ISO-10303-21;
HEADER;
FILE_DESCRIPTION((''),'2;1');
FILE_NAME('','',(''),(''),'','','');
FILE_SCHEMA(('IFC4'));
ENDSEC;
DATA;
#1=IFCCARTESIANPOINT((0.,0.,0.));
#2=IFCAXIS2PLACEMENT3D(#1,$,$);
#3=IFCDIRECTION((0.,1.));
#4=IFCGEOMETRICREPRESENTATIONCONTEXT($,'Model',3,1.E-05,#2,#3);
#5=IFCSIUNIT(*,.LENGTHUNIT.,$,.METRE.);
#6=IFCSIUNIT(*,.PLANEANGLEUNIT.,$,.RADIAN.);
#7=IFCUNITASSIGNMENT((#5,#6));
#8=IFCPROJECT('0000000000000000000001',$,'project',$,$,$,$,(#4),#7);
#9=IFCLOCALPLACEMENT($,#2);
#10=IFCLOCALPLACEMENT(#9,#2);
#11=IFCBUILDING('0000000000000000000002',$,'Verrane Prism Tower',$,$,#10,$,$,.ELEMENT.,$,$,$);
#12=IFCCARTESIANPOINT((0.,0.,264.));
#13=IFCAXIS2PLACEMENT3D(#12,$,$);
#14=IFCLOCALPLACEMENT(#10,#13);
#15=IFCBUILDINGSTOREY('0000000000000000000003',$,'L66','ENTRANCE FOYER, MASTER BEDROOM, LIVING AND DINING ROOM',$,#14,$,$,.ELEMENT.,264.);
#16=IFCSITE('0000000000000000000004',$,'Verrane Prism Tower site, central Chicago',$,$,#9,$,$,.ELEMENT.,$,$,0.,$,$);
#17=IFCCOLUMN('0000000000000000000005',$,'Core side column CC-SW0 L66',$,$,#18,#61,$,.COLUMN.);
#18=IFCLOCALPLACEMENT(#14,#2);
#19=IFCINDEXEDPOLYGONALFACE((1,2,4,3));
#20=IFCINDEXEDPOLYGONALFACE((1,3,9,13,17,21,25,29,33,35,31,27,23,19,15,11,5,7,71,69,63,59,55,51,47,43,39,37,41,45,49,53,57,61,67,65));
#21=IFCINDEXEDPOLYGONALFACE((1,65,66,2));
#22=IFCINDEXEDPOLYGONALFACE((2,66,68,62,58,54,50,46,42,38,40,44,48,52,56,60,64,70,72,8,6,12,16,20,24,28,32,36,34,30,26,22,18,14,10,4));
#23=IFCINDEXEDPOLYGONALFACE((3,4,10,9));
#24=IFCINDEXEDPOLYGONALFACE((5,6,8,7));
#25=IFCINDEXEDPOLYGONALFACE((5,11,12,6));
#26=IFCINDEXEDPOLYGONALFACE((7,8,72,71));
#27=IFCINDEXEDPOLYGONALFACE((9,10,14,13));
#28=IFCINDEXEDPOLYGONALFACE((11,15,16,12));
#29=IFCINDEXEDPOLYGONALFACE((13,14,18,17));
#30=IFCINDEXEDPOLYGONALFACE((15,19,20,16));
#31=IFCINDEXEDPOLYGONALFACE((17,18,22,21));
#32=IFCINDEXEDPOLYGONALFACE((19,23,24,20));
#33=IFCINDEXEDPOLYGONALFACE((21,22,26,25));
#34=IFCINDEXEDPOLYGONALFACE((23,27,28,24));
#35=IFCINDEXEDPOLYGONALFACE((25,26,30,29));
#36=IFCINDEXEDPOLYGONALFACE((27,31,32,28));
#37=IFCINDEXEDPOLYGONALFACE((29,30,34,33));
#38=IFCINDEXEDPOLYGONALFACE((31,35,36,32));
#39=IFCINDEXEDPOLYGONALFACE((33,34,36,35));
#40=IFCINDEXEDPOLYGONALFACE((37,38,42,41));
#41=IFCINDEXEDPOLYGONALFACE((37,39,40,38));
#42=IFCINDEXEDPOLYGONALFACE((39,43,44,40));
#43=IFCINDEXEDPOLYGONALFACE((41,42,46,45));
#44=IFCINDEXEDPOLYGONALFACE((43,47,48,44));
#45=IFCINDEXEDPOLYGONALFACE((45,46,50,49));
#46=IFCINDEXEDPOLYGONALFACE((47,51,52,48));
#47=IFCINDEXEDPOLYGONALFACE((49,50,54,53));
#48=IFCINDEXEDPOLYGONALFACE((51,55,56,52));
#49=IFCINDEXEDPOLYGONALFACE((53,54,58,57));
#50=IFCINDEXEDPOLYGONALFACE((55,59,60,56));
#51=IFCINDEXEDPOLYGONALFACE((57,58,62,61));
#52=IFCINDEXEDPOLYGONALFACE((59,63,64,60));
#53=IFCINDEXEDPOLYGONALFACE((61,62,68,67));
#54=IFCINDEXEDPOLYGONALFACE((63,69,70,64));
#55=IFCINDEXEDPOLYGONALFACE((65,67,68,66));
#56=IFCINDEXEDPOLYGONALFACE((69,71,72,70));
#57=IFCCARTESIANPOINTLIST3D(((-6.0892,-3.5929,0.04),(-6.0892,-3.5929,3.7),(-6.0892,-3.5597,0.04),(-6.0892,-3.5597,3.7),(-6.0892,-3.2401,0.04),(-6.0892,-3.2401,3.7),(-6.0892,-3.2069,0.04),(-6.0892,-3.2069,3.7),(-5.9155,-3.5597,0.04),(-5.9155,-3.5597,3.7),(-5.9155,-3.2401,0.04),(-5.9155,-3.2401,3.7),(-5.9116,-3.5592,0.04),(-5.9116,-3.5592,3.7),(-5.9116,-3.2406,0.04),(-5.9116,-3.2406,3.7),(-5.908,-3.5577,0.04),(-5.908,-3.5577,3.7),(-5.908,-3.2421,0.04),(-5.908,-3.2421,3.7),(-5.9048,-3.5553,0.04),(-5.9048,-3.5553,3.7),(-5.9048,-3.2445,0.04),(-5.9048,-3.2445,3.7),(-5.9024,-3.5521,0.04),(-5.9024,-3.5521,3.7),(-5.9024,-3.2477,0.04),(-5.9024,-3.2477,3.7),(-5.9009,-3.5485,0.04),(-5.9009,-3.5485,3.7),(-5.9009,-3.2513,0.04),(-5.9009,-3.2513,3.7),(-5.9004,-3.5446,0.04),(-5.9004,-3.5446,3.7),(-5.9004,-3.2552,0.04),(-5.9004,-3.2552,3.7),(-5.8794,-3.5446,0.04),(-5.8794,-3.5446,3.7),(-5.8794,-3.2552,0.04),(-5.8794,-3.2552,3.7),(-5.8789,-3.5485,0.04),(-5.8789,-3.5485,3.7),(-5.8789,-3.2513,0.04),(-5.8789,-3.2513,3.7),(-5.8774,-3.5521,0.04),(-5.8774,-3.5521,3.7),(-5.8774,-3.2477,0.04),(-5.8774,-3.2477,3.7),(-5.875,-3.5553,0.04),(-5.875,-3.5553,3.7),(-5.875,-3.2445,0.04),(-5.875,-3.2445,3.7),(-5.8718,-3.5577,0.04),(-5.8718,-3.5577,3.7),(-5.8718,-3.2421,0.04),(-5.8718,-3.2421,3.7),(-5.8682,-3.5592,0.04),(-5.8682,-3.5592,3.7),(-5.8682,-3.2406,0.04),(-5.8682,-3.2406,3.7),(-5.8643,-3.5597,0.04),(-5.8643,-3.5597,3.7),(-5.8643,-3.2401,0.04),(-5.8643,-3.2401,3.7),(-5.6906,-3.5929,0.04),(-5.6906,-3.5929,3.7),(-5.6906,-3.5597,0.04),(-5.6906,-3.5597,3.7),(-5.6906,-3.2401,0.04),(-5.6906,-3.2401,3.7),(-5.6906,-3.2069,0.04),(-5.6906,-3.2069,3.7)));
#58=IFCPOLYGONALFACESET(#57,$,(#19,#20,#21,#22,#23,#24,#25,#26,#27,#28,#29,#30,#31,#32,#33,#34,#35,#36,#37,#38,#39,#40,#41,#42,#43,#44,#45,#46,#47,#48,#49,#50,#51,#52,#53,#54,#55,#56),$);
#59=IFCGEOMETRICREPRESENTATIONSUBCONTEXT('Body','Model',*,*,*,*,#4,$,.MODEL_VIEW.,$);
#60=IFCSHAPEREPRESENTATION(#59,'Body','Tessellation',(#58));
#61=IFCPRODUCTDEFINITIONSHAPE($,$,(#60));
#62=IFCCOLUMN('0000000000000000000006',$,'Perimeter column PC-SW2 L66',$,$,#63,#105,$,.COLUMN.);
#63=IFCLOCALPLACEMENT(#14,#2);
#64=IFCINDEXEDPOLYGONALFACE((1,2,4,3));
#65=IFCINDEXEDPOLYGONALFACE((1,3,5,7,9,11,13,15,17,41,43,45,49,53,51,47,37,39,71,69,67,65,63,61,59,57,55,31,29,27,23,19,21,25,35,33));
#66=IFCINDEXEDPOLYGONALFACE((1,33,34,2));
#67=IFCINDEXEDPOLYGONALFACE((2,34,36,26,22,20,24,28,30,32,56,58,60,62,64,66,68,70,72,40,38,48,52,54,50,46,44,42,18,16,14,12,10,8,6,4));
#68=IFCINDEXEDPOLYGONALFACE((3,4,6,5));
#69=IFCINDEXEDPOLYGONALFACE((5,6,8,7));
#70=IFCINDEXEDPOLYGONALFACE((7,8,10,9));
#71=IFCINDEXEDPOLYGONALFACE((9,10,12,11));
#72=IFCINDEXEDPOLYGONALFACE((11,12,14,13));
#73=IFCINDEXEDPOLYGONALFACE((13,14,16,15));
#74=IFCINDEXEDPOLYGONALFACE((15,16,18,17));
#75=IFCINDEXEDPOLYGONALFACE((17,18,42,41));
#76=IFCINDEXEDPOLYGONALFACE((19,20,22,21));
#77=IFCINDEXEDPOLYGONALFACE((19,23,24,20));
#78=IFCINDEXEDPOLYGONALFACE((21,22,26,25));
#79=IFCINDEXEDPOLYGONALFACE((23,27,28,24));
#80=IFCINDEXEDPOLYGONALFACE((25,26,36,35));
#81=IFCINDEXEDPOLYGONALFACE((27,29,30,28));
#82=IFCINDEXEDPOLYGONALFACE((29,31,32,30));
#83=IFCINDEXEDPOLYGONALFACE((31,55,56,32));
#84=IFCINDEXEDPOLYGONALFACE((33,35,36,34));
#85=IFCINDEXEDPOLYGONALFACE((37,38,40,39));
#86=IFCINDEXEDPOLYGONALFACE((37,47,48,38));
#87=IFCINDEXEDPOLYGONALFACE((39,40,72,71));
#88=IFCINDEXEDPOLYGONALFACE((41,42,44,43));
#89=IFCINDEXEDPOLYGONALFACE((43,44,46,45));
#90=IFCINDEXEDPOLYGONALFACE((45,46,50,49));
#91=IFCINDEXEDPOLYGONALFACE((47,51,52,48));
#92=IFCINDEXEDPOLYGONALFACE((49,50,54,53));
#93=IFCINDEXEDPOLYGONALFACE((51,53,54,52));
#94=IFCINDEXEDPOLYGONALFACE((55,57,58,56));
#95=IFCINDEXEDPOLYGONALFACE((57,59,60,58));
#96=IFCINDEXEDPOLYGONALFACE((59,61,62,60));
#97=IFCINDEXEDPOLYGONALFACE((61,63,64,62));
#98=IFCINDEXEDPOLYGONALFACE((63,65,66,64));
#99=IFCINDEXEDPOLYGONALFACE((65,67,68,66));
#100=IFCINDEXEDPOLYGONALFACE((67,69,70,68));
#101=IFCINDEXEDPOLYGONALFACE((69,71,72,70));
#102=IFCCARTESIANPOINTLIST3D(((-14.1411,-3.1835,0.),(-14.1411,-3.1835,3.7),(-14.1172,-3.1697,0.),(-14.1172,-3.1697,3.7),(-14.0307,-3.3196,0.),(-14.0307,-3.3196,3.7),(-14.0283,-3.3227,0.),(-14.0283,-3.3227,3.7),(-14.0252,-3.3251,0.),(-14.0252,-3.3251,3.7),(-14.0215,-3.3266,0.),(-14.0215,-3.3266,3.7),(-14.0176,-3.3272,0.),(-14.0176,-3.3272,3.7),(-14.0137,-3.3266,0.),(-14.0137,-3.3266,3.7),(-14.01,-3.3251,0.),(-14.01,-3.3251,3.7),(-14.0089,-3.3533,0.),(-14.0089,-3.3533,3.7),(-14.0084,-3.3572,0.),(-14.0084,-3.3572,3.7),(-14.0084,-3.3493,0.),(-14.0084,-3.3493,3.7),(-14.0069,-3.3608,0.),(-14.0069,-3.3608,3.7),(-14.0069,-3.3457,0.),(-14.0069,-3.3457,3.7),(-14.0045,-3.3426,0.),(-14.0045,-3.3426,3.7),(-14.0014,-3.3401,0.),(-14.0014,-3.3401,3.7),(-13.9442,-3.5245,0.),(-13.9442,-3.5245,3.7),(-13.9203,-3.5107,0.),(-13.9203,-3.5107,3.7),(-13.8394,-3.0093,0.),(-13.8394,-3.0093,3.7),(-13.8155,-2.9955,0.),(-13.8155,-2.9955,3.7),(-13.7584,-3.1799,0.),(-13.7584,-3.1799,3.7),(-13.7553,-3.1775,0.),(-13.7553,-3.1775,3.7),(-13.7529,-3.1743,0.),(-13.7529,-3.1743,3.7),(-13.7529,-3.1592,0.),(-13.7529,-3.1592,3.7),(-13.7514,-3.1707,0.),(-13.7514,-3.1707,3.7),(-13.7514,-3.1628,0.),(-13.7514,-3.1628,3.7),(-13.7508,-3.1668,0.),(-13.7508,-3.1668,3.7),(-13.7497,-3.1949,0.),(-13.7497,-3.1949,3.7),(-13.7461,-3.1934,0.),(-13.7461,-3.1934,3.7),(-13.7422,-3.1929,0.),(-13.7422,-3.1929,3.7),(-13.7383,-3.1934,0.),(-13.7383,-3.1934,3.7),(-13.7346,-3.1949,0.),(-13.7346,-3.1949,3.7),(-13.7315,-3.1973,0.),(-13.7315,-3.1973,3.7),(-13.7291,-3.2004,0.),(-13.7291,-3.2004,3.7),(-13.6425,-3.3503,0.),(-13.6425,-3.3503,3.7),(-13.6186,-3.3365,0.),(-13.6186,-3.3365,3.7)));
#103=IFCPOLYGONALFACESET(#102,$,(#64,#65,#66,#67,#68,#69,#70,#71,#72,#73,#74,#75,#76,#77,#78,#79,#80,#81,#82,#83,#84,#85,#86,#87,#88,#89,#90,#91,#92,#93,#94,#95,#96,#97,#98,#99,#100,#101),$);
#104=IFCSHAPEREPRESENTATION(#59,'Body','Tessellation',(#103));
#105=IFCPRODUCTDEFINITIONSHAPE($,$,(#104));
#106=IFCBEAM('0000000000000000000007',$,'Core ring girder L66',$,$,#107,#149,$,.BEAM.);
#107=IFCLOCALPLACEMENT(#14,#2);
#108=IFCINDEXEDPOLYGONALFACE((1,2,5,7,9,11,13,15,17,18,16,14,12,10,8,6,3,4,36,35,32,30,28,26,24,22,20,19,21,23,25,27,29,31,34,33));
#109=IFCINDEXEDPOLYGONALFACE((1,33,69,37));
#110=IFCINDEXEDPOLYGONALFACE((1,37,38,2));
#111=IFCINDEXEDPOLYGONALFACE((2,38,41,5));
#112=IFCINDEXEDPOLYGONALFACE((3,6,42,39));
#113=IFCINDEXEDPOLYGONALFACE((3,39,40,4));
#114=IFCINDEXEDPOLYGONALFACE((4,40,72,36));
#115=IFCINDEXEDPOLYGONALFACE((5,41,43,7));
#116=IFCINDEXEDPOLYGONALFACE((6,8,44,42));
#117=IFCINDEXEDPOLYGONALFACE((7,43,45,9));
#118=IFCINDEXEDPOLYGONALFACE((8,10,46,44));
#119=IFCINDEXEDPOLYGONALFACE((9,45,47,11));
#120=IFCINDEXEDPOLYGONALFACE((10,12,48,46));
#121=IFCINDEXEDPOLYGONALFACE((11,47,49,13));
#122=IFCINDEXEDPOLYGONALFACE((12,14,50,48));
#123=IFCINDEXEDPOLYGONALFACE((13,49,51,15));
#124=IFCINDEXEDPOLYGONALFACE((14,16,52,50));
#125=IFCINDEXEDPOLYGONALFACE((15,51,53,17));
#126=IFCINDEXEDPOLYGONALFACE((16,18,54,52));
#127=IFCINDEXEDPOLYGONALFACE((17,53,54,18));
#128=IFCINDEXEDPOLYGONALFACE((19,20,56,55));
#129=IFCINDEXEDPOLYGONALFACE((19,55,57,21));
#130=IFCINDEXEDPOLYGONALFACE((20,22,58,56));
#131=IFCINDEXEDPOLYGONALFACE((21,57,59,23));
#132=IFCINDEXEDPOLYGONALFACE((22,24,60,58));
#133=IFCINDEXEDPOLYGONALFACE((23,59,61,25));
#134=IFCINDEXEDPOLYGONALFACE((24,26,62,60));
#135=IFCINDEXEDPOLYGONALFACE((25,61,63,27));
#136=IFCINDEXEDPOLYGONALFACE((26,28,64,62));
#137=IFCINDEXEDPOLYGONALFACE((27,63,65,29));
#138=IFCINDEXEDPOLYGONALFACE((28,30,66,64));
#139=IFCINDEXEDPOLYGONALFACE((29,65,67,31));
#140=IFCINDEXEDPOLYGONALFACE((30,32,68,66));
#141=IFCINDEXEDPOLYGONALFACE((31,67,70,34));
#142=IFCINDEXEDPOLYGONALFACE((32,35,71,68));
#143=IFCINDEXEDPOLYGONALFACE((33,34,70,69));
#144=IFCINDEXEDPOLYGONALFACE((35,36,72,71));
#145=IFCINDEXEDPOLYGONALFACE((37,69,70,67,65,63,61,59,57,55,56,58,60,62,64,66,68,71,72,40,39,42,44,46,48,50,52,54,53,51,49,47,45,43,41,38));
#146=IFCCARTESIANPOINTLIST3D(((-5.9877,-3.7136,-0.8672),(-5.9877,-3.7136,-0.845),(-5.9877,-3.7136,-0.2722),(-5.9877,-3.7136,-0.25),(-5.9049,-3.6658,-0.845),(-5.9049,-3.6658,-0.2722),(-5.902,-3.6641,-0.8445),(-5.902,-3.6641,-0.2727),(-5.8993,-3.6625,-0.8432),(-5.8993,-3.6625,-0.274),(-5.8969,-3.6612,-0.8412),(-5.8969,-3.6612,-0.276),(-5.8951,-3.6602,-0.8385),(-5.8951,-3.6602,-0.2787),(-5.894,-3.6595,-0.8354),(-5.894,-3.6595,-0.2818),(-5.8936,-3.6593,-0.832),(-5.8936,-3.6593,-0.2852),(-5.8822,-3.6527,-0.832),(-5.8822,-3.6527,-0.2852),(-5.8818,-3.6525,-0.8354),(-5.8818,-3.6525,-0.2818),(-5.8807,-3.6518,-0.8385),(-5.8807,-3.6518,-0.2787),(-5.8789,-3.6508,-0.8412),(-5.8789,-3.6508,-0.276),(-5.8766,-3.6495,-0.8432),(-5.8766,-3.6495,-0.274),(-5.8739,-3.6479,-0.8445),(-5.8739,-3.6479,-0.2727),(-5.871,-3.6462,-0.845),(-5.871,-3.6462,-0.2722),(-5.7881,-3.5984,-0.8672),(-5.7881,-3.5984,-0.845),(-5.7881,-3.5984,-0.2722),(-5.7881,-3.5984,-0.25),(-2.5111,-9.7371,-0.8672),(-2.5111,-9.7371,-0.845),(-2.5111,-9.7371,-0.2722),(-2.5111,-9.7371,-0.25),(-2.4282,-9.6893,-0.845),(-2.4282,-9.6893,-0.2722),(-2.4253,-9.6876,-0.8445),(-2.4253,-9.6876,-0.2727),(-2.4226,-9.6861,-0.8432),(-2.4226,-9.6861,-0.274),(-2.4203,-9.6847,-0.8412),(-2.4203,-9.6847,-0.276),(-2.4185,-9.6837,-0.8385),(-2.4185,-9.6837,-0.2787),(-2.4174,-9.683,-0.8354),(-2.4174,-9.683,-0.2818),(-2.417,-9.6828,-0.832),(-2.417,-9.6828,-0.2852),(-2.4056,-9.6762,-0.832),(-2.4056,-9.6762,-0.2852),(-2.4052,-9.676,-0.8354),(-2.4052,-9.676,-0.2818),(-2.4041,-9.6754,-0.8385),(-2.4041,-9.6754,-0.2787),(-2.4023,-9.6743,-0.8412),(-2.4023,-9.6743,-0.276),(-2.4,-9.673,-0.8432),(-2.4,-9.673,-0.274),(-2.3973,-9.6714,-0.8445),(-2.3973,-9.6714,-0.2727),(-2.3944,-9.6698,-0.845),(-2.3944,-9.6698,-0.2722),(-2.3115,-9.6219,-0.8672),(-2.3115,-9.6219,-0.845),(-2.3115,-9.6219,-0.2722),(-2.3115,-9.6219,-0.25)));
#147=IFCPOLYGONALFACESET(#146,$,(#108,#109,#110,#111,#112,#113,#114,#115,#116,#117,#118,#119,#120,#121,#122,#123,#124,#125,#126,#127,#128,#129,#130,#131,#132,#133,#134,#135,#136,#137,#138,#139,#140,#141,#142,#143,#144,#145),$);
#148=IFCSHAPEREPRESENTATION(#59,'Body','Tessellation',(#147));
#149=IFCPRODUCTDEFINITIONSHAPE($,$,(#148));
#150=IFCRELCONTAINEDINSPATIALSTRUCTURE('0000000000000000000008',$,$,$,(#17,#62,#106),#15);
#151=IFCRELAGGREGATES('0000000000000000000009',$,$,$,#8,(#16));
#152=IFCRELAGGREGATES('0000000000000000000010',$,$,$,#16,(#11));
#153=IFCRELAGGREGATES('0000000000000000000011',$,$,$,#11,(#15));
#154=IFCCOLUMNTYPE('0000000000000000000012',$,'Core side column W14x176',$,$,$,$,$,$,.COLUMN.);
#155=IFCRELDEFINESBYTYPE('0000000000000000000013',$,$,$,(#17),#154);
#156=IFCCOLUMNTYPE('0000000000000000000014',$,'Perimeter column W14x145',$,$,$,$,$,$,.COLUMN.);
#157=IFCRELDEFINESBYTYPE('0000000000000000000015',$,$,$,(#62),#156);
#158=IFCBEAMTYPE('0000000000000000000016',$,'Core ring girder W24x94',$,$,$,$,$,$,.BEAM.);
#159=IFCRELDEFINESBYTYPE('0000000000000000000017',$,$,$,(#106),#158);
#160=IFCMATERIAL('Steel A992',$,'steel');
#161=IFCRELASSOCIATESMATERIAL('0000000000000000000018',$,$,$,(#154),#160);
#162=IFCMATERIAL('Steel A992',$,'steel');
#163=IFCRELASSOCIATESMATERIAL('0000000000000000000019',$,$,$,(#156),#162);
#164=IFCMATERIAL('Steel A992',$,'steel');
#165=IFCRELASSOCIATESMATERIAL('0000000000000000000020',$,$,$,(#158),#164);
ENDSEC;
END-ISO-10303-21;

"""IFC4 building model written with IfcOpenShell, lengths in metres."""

from ifc_helpers import new_model, si_unit, direction, frame, origin, origin_2d, place, context, subcontext, project, spatial, i_section, extrude, material, material_profile, profile_set, type_object, element, save


model = new_model("IFC4")

# Units and contexts
model_context = context("Model", 3, precision=1e-05, world=origin(), true_north=direction((0.0, 1.0)))
body_context = subcontext(model_context, "Body", "Model", "MODEL_VIEW")
ifc_project = project(units=[si_unit("LENGTHUNIT", "METRE"), si_unit("PLANEANGLEUNIT", "RADIAN")], contexts=[model_context])

# Site, building, storey
site_placement = place(None, origin())
site = spatial("IfcSite", under=ifc_project, at=site_placement, Name="Verrane Prism Tower site, central Chicago", CompositionType="ELEMENT", RefElevation=0.0)
building_placement = place(site_placement, origin())
building = spatial("IfcBuilding", under=site, at=building_placement, Name="Verrane Prism Tower", CompositionType="ELEMENT")
storey_placement = place(building_placement, frame((0.0, 0.0, 264.0)))
storey = spatial("IfcBuildingStorey", under=building, at=storey_placement, Name="L66", Description="ENTRANCE FOYER, MASTER BEDROOM, LIVING AND DINING ROOM", CompositionType="ELEMENT", Elevation=264.0)

# Columns
ifc_material_1 = material(Name="Steel A992", Category="steel")
ifc_material_profile_1 = material_profile(ifc_material_1, i_section(OverallWidth=0.3987, OverallDepth=0.386, WebThickness=0.021, FlangeThickness=0.0332, FilletRadius=0.0151, at=origin_2d()), Name="W14x176")
ifc_profile_set_1 = profile_set([ifc_material_profile_1], Name="Steel A992")
column_type_1 = type_object("IfcColumnType", Name="Core side column W14x176", PredefinedType="COLUMN", material=ifc_profile_set_1)
column_1_placement = place(storey_placement, frame((-5.8899, -3.3999, 0.04), z_axis=(0.0, 0.0, 1.0), x_axis=(1.0, 0.0, 0.0)))
element("IfcColumn", 1, at=column_1_placement, inside=storey, type_object=column_type_1, Name="Core side column CC-SW0 L66", PredefinedType="COLUMN", context=body_context, shape_type="SweptSolid", body=[
    extrude(i_section(OverallWidth=0.3987, OverallDepth=0.386, WebThickness=0.021, FlangeThickness=0.0332, FilletRadius=0.0151, at=origin_2d()), origin(), (0.0, 0.0, 1.0), 3.6599),
])
ifc_material_2 = material(Name="Steel A992", Category="steel")
ifc_material_profile_2 = material_profile(ifc_material_2, i_section(OverallWidth=0.3938, OverallDepth=0.376, WebThickness=0.0173, FlangeThickness=0.0276, FilletRadius=0.0151, at=origin_2d()), Name="W14x145")
ifc_profile_set_2 = profile_set([ifc_material_profile_2], Name="Steel A992")
column_type_2 = type_object("IfcColumnType", Name="Perimeter column W14x145", PredefinedType="COLUMN", material=ifc_profile_set_2)
column_2_placement = place(storey_placement, frame((-13.8799, -3.26, 0.0), z_axis=(0.0, 0.0, 1.0), x_axis=(-0.5, 0.866025, 0.0)))
element("IfcColumn", 2, at=column_2_placement, inside=storey, type_object=column_type_2, Name="Perimeter column PC-SW2 L66", PredefinedType="COLUMN", context=body_context, shape_type="SweptSolid", body=[
    extrude(i_section(OverallWidth=0.3938, OverallDepth=0.376, WebThickness=0.0173, FlangeThickness=0.0276, FilletRadius=0.0151, at=origin_2d()), origin(), (0.0, 0.0, 1.0), 3.7),
])

# Beam
ifc_material_3 = material(Name="Steel A992", Category="steel")
ifc_material_profile_3 = material_profile(ifc_material_3, i_section(OverallWidth=0.2305, OverallDepth=0.6172, WebThickness=0.0132, FlangeThickness=0.0222, FilletRadius=0.0129, at=origin_2d()), Name="W24x94")
ifc_profile_set_3 = profile_set([ifc_material_profile_3], Name="Steel A992")
beam_type_1 = type_object("IfcBeamType", Name="Core ring girder W24x94", PredefinedType="BEAM", material=ifc_profile_set_3)
beam_1_placement = place(storey_placement, frame((-5.8879, -3.656, -0.5586), z_axis=(0.499885, -0.866092, 0.0), x_axis=(0.866092, 0.499885, 0.0)))
element("IfcBeam", 3, at=beam_1_placement, inside=storey, type_object=beam_type_1, Name="Core ring girder L66", PredefinedType="BEAM", context=body_context, shape_type="SweptSolid", body=[
    extrude(i_section(OverallWidth=0.2305, OverallDepth=0.6172, WebThickness=0.0132, FlangeThickness=0.0222, FilletRadius=0.0129, at=origin_2d()), origin(), (0.0, 0.0, 1.0), 6.9548),
])

save(model, "model.ifc")
